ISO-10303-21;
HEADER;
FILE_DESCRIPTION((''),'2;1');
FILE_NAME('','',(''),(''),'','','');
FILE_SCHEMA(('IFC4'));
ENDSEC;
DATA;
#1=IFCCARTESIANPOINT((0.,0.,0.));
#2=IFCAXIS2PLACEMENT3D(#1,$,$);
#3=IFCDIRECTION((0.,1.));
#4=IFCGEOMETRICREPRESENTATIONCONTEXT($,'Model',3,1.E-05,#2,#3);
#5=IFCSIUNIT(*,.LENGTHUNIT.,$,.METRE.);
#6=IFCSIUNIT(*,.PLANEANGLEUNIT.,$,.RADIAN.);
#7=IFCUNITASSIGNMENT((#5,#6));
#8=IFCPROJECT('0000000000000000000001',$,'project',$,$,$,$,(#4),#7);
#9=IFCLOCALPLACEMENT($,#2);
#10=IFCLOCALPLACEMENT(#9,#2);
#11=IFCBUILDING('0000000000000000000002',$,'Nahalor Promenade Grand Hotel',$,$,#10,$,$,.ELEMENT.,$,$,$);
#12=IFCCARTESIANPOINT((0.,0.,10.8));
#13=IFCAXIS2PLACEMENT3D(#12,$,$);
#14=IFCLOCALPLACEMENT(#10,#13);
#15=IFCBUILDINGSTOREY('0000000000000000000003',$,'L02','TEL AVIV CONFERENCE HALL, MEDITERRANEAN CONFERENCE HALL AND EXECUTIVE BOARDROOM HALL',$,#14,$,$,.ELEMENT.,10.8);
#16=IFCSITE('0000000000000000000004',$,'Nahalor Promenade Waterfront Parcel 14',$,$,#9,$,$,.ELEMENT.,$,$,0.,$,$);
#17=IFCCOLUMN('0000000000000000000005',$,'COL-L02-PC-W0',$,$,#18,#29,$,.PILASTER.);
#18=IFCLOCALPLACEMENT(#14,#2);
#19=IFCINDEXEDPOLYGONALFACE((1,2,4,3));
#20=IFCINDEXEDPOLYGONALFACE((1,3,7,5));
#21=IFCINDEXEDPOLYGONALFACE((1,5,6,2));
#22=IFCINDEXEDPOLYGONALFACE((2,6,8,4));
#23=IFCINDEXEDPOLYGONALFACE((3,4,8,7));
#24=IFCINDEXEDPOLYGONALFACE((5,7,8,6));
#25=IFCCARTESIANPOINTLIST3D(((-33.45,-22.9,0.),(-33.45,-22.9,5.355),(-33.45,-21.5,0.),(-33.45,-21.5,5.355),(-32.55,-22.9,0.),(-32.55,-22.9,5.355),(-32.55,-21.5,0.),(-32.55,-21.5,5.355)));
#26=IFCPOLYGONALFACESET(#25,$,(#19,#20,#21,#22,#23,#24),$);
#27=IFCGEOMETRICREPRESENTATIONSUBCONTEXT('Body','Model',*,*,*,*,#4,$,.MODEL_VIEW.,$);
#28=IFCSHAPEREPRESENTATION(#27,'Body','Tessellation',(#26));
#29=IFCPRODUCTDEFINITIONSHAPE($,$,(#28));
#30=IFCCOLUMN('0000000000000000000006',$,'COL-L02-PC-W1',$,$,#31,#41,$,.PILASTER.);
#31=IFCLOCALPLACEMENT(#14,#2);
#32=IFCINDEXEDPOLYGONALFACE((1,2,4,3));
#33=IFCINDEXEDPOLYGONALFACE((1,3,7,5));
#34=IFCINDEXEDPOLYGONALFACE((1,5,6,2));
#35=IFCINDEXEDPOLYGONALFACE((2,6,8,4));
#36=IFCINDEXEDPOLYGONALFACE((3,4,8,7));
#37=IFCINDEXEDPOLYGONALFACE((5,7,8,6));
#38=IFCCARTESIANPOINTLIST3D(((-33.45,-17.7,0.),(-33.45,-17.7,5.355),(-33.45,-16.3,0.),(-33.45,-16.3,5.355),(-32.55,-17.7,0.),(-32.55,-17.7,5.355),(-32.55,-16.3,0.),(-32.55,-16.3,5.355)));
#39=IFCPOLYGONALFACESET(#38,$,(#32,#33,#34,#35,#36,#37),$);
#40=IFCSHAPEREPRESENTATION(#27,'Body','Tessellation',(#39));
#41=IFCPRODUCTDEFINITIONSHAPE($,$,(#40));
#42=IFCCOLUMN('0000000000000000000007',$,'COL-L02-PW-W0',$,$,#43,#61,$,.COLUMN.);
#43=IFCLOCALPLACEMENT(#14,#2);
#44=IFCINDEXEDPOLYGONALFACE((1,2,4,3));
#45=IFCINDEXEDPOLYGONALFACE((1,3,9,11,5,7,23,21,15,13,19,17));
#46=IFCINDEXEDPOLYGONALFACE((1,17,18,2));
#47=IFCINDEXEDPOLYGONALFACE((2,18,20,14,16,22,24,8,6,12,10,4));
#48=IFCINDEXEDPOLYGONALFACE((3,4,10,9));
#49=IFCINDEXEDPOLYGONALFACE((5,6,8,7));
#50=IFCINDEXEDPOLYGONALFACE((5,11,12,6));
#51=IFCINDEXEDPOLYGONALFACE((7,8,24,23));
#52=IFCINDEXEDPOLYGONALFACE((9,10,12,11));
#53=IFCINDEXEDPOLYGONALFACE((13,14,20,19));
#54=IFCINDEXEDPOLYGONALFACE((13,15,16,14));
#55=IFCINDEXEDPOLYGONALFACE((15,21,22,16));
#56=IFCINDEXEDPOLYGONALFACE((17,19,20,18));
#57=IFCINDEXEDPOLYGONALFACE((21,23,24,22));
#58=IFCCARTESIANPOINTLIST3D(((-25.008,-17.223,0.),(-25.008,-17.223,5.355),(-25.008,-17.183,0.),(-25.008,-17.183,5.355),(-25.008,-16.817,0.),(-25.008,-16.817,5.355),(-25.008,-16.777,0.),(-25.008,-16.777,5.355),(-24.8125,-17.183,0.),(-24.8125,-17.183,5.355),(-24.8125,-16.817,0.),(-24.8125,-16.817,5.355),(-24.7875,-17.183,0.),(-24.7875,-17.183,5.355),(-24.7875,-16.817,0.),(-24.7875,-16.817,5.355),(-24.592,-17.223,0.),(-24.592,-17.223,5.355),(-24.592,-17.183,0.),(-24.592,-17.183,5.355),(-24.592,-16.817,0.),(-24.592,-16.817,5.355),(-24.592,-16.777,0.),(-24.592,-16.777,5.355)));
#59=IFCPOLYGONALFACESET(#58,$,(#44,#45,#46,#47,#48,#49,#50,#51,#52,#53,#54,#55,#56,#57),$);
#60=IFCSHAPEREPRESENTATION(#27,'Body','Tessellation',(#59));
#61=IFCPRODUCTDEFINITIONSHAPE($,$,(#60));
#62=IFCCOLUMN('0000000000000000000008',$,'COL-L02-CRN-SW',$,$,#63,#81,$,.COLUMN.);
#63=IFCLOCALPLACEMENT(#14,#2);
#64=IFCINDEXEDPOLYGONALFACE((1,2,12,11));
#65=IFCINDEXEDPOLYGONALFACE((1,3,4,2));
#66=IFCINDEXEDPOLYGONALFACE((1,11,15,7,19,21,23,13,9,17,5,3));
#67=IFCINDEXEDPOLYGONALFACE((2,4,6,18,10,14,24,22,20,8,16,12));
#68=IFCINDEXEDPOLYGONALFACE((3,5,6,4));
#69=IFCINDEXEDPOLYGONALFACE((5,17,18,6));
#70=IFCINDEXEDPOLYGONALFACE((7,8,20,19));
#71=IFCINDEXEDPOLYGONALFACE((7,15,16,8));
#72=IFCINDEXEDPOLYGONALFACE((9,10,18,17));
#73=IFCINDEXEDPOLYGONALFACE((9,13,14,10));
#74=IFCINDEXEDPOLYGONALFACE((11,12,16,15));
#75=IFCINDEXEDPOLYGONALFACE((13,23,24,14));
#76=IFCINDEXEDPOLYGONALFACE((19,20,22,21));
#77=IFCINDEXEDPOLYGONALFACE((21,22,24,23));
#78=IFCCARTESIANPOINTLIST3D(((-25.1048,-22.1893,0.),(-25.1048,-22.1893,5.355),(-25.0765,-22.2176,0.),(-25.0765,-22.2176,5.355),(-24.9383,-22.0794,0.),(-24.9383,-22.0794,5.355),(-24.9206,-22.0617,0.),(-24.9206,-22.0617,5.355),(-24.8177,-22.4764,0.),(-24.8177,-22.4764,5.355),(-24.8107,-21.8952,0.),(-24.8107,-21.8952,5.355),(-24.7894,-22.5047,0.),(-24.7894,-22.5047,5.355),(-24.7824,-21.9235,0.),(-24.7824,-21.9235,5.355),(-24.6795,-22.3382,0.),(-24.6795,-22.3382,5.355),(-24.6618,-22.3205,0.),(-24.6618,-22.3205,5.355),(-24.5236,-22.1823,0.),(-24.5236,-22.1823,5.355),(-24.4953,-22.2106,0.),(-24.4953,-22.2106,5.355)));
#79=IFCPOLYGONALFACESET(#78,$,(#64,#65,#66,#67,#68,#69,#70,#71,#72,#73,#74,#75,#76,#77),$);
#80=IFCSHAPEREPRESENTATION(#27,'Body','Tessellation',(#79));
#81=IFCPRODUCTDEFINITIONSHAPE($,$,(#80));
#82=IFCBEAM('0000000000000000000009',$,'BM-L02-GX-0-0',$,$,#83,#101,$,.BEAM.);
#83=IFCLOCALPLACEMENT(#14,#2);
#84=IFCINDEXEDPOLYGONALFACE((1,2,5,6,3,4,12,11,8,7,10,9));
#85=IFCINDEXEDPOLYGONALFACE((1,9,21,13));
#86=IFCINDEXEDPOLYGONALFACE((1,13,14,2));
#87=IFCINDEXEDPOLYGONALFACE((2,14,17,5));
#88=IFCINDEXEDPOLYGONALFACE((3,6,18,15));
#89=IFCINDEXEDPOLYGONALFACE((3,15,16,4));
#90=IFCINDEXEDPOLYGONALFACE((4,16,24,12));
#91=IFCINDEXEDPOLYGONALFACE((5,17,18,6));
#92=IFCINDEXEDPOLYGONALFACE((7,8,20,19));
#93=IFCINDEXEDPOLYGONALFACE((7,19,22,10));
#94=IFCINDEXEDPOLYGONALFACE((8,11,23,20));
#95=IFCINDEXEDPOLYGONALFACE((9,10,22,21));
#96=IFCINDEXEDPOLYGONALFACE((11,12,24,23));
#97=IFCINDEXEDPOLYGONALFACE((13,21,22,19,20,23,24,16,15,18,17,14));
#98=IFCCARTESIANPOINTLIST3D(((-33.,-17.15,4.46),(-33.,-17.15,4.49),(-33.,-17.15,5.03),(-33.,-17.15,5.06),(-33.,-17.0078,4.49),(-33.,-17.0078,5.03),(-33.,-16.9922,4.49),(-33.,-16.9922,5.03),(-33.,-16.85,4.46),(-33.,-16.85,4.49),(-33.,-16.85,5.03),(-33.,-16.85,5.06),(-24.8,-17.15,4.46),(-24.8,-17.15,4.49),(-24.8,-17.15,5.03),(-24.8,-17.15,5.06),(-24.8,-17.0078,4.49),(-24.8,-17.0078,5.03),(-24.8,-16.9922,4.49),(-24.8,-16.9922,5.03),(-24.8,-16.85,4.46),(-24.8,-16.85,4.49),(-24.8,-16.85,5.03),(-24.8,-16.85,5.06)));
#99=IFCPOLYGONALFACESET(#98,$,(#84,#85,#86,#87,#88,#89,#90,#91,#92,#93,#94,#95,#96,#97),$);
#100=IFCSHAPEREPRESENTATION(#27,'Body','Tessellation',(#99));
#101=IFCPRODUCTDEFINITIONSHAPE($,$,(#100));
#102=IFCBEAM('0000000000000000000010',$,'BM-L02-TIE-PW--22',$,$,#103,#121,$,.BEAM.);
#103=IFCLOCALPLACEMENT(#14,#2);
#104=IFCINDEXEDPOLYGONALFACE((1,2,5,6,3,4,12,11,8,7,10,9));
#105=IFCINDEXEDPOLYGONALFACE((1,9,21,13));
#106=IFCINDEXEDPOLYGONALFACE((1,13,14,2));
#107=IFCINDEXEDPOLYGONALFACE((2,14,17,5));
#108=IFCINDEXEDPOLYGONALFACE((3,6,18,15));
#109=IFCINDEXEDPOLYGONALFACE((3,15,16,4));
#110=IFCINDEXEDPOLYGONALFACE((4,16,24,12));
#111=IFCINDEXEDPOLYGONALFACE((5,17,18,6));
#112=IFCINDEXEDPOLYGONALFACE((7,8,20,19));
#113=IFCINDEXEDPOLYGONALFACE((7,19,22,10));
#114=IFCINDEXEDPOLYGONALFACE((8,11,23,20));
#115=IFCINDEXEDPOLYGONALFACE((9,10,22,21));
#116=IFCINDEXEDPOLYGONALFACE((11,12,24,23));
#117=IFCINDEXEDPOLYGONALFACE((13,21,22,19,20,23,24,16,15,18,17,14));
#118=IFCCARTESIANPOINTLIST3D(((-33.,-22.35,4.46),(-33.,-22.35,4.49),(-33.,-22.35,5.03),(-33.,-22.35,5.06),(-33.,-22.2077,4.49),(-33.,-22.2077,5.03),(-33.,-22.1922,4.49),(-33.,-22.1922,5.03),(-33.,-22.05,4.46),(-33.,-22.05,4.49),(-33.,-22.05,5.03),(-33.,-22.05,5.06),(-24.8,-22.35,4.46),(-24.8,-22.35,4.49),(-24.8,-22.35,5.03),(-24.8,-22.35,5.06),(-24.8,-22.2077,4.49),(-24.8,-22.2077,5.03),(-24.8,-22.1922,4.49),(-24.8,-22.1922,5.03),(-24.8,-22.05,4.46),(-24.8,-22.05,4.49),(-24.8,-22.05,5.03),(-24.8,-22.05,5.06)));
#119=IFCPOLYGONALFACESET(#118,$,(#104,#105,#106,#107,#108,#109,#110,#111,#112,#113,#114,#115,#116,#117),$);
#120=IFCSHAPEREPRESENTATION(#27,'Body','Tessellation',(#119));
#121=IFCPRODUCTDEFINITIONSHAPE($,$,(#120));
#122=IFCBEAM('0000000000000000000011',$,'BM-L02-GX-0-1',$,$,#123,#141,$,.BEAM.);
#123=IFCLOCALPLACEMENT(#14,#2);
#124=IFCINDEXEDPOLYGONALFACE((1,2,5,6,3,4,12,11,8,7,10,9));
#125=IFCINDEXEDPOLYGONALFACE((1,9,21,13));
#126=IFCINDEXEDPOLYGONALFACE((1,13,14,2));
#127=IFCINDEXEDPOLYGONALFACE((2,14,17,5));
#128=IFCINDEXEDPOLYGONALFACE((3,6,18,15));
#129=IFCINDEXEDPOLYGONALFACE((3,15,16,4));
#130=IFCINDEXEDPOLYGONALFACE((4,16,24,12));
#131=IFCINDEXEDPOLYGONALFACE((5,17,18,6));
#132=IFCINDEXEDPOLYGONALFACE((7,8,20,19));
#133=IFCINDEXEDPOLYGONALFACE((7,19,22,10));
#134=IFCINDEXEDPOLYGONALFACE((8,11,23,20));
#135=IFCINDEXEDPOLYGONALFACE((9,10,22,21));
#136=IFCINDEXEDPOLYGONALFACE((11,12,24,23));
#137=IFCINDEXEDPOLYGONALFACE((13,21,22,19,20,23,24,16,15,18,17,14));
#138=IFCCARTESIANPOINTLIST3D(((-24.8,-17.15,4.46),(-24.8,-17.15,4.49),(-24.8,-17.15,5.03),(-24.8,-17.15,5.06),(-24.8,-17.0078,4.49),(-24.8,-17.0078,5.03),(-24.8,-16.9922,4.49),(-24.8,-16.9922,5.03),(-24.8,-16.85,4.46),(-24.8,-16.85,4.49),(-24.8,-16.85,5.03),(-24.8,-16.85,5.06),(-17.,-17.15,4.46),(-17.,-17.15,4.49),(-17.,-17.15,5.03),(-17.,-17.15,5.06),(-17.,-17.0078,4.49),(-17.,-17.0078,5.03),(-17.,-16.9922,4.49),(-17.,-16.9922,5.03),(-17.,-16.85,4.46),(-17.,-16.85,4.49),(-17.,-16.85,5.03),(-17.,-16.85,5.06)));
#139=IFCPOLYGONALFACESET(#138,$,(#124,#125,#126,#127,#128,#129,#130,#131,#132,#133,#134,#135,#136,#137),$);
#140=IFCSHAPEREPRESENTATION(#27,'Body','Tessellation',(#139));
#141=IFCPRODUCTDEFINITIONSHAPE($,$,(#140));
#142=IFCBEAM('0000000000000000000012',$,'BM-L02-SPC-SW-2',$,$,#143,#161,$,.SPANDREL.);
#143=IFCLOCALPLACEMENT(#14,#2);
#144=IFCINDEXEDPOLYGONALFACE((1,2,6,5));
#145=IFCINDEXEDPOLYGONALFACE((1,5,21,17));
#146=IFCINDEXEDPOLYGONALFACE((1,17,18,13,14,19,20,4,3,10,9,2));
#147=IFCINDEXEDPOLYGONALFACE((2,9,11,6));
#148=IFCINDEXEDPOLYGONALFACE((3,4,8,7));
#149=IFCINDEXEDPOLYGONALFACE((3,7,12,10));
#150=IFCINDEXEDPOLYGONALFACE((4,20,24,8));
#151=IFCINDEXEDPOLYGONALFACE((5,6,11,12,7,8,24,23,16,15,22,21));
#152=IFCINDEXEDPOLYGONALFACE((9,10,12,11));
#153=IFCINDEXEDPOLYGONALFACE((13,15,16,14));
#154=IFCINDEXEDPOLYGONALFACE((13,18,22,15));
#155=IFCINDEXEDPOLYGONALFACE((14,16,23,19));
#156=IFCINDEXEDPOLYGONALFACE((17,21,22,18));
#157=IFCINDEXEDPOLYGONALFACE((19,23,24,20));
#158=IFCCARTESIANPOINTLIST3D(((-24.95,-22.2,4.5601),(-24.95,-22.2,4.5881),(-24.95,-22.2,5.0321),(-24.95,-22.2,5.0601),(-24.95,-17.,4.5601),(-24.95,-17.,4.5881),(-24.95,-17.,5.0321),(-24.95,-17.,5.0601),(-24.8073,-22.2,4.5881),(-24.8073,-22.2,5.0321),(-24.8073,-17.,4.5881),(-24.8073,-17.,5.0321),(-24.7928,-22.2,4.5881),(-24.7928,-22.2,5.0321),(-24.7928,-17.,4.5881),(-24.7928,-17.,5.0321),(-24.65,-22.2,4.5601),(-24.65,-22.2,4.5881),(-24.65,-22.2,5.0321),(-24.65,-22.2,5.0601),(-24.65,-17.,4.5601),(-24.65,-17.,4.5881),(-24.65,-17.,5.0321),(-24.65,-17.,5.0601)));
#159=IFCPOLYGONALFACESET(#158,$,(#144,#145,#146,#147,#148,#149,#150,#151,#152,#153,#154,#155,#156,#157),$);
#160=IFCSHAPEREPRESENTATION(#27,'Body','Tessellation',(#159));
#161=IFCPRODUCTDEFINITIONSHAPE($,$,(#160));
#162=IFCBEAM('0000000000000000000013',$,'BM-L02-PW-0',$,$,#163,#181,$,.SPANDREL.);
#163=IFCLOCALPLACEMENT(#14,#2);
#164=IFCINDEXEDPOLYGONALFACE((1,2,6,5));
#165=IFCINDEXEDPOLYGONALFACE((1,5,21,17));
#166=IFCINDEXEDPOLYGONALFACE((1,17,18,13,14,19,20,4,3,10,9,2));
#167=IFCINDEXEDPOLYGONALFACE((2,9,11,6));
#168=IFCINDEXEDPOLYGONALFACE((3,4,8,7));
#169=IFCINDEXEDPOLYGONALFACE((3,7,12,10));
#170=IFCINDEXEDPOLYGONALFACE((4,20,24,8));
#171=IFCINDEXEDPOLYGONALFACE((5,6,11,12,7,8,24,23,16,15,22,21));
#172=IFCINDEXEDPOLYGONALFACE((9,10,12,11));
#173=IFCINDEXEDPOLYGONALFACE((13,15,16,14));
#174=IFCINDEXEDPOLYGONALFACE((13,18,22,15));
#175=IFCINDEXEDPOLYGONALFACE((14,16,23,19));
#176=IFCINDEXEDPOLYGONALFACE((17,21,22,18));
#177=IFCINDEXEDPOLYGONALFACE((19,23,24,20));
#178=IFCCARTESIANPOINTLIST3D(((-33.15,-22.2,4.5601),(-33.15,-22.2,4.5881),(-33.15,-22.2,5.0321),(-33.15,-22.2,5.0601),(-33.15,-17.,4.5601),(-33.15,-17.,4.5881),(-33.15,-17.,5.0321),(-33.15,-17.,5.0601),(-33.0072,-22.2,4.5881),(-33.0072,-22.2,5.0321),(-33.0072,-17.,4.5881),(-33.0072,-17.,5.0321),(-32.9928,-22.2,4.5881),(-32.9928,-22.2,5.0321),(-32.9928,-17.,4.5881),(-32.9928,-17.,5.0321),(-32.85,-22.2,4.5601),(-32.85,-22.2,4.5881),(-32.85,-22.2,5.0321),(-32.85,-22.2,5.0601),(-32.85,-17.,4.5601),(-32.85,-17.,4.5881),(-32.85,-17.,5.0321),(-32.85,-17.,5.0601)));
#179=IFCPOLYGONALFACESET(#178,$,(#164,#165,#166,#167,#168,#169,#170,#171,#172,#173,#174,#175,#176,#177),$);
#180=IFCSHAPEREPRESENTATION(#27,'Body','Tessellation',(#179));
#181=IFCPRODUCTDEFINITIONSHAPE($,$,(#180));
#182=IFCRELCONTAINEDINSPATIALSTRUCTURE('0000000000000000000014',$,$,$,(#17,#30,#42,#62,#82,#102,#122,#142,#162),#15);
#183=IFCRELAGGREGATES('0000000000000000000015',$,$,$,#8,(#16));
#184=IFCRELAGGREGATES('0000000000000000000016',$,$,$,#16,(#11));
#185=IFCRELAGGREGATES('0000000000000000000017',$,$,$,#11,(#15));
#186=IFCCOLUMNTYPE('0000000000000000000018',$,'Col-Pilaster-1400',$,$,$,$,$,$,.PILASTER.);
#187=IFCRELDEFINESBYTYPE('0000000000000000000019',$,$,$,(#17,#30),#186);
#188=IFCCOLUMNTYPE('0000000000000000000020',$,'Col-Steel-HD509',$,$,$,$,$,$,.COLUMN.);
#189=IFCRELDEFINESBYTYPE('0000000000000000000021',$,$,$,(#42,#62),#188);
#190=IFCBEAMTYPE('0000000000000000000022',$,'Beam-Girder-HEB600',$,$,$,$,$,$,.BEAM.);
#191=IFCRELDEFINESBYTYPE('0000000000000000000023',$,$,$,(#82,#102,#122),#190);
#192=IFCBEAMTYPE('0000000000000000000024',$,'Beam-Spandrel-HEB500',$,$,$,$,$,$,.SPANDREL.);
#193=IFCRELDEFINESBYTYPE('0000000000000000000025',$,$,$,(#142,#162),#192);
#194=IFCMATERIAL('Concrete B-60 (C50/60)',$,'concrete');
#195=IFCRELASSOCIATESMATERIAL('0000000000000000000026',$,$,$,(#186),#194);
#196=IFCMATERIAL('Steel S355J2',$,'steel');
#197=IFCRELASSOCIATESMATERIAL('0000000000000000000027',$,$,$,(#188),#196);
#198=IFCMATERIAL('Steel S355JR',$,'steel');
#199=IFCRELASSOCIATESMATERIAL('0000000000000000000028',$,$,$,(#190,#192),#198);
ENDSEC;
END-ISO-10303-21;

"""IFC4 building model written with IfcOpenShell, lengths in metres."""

from ifc_helpers import new_model, si_unit, direction, frame, origin, origin_2d, place, context, subcontext, project, spatial, rectangle, i_section, extrude, source, transform, mapped, material, material_profile, profile_set, type_object, element, save


model = new_model("IFC4")

# Units and contexts
model_context = context("Model", 3, precision=1e-05, world=origin(), true_north=direction((0.0, 1.0)))
body_context = subcontext(model_context, "Body", "Model", "MODEL_VIEW")
ifc_project = project(units=[si_unit("LENGTHUNIT", "METRE"), si_unit("PLANEANGLEUNIT", "RADIAN")], contexts=[model_context])

# Site, building, storey
site_placement = place(None, origin())
site = spatial("IfcSite", under=ifc_project, at=site_placement, Name="Nahalor Promenade Waterfront Parcel 14", CompositionType="ELEMENT", RefElevation=0.0)
building_placement = place(site_placement, origin())
building = spatial("IfcBuilding", under=site, at=building_placement, Name="Nahalor Promenade Grand Hotel", CompositionType="ELEMENT")
storey_placement = place(building_placement, frame((0.0, 0.0, 10.8)))
storey = spatial("IfcBuildingStorey", under=building, at=storey_placement, Name="L02", Description="TEL AVIV CONFERENCE HALL, MEDITERRANEAN CONFERENCE HALL AND EXECUTIVE BOARDROOM HALL", CompositionType="ELEMENT", Elevation=10.8)

# Columns
ifc_material_1 = material(Name="Concrete B-60 (C50/60)", Category="concrete")
ifc_material_profile_1 = material_profile(ifc_material_1, rectangle(XDim=0.9, YDim=1.4, at=origin_2d()), Name="RC 900x1400")
ifc_profile_set_1 = profile_set([ifc_material_profile_1], Name="Concrete B-60 (C50/60)")
column_type_1 = type_object("IfcColumnType", Name="Col-Pilaster-1400", PredefinedType="PILASTER", material=ifc_profile_set_1)
shared_shape_1 = source(origin(), body_context, "Body", "SweptSolid", [
    extrude(rectangle(XDim=0.9, YDim=1.4, at=origin_2d()), origin(), (0.0, 0.0, 1.0), 5.355),
])
for number, where, z_axis, x_axis, name in (
    (1, (-33.0, -22.2, 0.0), (0.0, 0.0, 1.0), (1.0, 0.0, 0.0), "COL-L02-PC-W0"),
    (2, (-33.0, -17.0, 0.0), (0.0, 0.0, 1.0), (1.0, 0.0, 0.0), "COL-L02-PC-W1"),
):
    element("IfcColumn", number, at=place(storey_placement, frame(where, z_axis=z_axis, x_axis=x_axis)), inside=storey, type_object=column_type_1, Name=name, PredefinedType="PILASTER", context=body_context, shape_type="MappedRepresentation", body=[
        mapped(shared_shape_1, transform((0.0, 0.0, 0.0), scale=1.0)),
    ])
ifc_material_2 = material(Name="Steel S355J2", Category="steel")
ifc_material_profile_2 = material_profile(ifc_material_2, i_section(OverallWidth=0.416, OverallDepth=0.446, WebThickness=0.025, FlangeThickness=0.04, at=origin_2d()), Name="HD 400x509")
ifc_profile_set_2 = profile_set([ifc_material_profile_2], Name="Steel S355J2")
column_type_2 = type_object("IfcColumnType", Name="Col-Steel-HD509", PredefinedType="COLUMN", material=ifc_profile_set_2)
shared_shape_2 = source(origin(), body_context, "Body", "SweptSolid", [
    extrude(i_section(OverallWidth=0.416, OverallDepth=0.446, WebThickness=0.025, FlangeThickness=0.04, at=origin_2d()), origin(), (0.0, 0.0, 1.0), 5.355),
])
for number, where, z_axis, x_axis, name in (
    (3, (-24.8, -17.0, 0.0), (0.0, 0.0, 1.0), (1.0, 0.0, 0.0), "COL-L02-PW-W0"),
    (4, (-24.8, -22.2, 0.0), (0.0, 0.0, 1.0), (0.707107, 0.707107, 0.0), "COL-L02-CRN-SW"),
):
    element("IfcColumn", number, at=place(storey_placement, frame(where, z_axis=z_axis, x_axis=x_axis)), inside=storey, type_object=column_type_2, Name=name, PredefinedType="COLUMN", context=body_context, shape_type="MappedRepresentation", body=[
        mapped(shared_shape_2, transform((0.0, 0.0, 0.0), scale=1.0)),
    ])

# Beams
ifc_material_3 = material(Name="Steel S355JR", Category="steel")
ifc_material_profile_3 = material_profile(ifc_material_3, i_section(OverallWidth=0.3, OverallDepth=0.6, WebThickness=0.0155, FlangeThickness=0.03, at=origin_2d()), Name="HEB 600")
ifc_profile_set_3 = profile_set([ifc_material_profile_3], Name="Steel S355JR")
beam_type_1 = type_object("IfcBeamType", Name="Beam-Girder-HEB600", PredefinedType="BEAM", material=ifc_profile_set_3)
shared_shape_3 = source(origin(), body_context, "Body", "SweptSolid", [
    extrude(i_section(OverallWidth=0.3, OverallDepth=0.6, WebThickness=0.0155, FlangeThickness=0.03, at=origin_2d()), origin(), (0.0, 0.0, 1.0), 8.2),
])
for number, where, z_axis, x_axis, name in (
    (5, (-33.0, -17.0, 4.76), (1.0, 0.0, 0.0), (0.0, 1.0, 0.0), "BM-L02-GX-0-0"),
    (6, (-24.8, -22.2, 4.76), (-1.0, 0.0, 0.0), (0.0, -1.0, 0.0), "BM-L02-TIE-PW--22"),
):
    element("IfcBeam", number, at=place(storey_placement, frame(where, z_axis=z_axis, x_axis=x_axis)), inside=storey, type_object=beam_type_1, Name=name, PredefinedType="BEAM", context=body_context, shape_type="MappedRepresentation", body=[
        mapped(shared_shape_3, transform((0.0, 0.0, 0.0), scale=1.0)),
    ])
shared_shape_4 = source(origin(), body_context, "Body", "SweptSolid", [
    extrude(i_section(OverallWidth=0.3, OverallDepth=0.6, WebThickness=0.0155, FlangeThickness=0.03, at=origin_2d()), origin(), (0.0, 0.0, 1.0), 7.8),
])
beam_1_placement = place(storey_placement, frame((-24.8, -17.0, 4.76), z_axis=(1.0, 0.0, 0.0), x_axis=(0.0, 1.0, 0.0)))
element("IfcBeam", 7, at=beam_1_placement, inside=storey, type_object=beam_type_1, Name="BM-L02-GX-0-1", PredefinedType="BEAM", context=body_context, shape_type="MappedRepresentation", body=[
    mapped(shared_shape_4, transform((0.0, 0.0, 0.0), scale=1.0)),
])
ifc_material_profile_4 = material_profile(ifc_material_3, i_section(OverallWidth=0.3, OverallDepth=0.5, WebThickness=0.0145, FlangeThickness=0.028, at=origin_2d()), Name="HEB 500")
ifc_profile_set_4 = profile_set([ifc_material_profile_4], Name="Steel S355JR")
beam_type_2 = type_object("IfcBeamType", Name="Beam-Spandrel-HEB500", PredefinedType="SPANDREL", material=ifc_profile_set_4)
shared_shape_5 = source(origin(), body_context, "Body", "SweptSolid", [
    extrude(i_section(OverallWidth=0.3, OverallDepth=0.5, WebThickness=0.0145, FlangeThickness=0.028, at=origin_2d()), origin(), (0.0, 0.0, 1.0), 5.2),
])
for number, where, z_axis, x_axis, name in (
    (8, (-24.8, -22.2, 4.8101), (0.0, 1.0, 0.0), (-1.0, 0.0, 0.0), "BM-L02-SPC-SW-2"),
    (9, (-33.0, -22.2, 4.8101), (0.0, 1.0, 0.0), (-1.0, 0.0, 0.0), "BM-L02-PW-0"),
):
    element("IfcBeam", number, at=place(storey_placement, frame(where, z_axis=z_axis, x_axis=x_axis)), inside=storey, type_object=beam_type_2, Name=name, PredefinedType="SPANDREL", context=body_context, shape_type="MappedRepresentation", body=[
        mapped(shared_shape_5, transform((0.0, 0.0, 0.0), scale=1.0)),
    ])

save(model, "model.ifc")
